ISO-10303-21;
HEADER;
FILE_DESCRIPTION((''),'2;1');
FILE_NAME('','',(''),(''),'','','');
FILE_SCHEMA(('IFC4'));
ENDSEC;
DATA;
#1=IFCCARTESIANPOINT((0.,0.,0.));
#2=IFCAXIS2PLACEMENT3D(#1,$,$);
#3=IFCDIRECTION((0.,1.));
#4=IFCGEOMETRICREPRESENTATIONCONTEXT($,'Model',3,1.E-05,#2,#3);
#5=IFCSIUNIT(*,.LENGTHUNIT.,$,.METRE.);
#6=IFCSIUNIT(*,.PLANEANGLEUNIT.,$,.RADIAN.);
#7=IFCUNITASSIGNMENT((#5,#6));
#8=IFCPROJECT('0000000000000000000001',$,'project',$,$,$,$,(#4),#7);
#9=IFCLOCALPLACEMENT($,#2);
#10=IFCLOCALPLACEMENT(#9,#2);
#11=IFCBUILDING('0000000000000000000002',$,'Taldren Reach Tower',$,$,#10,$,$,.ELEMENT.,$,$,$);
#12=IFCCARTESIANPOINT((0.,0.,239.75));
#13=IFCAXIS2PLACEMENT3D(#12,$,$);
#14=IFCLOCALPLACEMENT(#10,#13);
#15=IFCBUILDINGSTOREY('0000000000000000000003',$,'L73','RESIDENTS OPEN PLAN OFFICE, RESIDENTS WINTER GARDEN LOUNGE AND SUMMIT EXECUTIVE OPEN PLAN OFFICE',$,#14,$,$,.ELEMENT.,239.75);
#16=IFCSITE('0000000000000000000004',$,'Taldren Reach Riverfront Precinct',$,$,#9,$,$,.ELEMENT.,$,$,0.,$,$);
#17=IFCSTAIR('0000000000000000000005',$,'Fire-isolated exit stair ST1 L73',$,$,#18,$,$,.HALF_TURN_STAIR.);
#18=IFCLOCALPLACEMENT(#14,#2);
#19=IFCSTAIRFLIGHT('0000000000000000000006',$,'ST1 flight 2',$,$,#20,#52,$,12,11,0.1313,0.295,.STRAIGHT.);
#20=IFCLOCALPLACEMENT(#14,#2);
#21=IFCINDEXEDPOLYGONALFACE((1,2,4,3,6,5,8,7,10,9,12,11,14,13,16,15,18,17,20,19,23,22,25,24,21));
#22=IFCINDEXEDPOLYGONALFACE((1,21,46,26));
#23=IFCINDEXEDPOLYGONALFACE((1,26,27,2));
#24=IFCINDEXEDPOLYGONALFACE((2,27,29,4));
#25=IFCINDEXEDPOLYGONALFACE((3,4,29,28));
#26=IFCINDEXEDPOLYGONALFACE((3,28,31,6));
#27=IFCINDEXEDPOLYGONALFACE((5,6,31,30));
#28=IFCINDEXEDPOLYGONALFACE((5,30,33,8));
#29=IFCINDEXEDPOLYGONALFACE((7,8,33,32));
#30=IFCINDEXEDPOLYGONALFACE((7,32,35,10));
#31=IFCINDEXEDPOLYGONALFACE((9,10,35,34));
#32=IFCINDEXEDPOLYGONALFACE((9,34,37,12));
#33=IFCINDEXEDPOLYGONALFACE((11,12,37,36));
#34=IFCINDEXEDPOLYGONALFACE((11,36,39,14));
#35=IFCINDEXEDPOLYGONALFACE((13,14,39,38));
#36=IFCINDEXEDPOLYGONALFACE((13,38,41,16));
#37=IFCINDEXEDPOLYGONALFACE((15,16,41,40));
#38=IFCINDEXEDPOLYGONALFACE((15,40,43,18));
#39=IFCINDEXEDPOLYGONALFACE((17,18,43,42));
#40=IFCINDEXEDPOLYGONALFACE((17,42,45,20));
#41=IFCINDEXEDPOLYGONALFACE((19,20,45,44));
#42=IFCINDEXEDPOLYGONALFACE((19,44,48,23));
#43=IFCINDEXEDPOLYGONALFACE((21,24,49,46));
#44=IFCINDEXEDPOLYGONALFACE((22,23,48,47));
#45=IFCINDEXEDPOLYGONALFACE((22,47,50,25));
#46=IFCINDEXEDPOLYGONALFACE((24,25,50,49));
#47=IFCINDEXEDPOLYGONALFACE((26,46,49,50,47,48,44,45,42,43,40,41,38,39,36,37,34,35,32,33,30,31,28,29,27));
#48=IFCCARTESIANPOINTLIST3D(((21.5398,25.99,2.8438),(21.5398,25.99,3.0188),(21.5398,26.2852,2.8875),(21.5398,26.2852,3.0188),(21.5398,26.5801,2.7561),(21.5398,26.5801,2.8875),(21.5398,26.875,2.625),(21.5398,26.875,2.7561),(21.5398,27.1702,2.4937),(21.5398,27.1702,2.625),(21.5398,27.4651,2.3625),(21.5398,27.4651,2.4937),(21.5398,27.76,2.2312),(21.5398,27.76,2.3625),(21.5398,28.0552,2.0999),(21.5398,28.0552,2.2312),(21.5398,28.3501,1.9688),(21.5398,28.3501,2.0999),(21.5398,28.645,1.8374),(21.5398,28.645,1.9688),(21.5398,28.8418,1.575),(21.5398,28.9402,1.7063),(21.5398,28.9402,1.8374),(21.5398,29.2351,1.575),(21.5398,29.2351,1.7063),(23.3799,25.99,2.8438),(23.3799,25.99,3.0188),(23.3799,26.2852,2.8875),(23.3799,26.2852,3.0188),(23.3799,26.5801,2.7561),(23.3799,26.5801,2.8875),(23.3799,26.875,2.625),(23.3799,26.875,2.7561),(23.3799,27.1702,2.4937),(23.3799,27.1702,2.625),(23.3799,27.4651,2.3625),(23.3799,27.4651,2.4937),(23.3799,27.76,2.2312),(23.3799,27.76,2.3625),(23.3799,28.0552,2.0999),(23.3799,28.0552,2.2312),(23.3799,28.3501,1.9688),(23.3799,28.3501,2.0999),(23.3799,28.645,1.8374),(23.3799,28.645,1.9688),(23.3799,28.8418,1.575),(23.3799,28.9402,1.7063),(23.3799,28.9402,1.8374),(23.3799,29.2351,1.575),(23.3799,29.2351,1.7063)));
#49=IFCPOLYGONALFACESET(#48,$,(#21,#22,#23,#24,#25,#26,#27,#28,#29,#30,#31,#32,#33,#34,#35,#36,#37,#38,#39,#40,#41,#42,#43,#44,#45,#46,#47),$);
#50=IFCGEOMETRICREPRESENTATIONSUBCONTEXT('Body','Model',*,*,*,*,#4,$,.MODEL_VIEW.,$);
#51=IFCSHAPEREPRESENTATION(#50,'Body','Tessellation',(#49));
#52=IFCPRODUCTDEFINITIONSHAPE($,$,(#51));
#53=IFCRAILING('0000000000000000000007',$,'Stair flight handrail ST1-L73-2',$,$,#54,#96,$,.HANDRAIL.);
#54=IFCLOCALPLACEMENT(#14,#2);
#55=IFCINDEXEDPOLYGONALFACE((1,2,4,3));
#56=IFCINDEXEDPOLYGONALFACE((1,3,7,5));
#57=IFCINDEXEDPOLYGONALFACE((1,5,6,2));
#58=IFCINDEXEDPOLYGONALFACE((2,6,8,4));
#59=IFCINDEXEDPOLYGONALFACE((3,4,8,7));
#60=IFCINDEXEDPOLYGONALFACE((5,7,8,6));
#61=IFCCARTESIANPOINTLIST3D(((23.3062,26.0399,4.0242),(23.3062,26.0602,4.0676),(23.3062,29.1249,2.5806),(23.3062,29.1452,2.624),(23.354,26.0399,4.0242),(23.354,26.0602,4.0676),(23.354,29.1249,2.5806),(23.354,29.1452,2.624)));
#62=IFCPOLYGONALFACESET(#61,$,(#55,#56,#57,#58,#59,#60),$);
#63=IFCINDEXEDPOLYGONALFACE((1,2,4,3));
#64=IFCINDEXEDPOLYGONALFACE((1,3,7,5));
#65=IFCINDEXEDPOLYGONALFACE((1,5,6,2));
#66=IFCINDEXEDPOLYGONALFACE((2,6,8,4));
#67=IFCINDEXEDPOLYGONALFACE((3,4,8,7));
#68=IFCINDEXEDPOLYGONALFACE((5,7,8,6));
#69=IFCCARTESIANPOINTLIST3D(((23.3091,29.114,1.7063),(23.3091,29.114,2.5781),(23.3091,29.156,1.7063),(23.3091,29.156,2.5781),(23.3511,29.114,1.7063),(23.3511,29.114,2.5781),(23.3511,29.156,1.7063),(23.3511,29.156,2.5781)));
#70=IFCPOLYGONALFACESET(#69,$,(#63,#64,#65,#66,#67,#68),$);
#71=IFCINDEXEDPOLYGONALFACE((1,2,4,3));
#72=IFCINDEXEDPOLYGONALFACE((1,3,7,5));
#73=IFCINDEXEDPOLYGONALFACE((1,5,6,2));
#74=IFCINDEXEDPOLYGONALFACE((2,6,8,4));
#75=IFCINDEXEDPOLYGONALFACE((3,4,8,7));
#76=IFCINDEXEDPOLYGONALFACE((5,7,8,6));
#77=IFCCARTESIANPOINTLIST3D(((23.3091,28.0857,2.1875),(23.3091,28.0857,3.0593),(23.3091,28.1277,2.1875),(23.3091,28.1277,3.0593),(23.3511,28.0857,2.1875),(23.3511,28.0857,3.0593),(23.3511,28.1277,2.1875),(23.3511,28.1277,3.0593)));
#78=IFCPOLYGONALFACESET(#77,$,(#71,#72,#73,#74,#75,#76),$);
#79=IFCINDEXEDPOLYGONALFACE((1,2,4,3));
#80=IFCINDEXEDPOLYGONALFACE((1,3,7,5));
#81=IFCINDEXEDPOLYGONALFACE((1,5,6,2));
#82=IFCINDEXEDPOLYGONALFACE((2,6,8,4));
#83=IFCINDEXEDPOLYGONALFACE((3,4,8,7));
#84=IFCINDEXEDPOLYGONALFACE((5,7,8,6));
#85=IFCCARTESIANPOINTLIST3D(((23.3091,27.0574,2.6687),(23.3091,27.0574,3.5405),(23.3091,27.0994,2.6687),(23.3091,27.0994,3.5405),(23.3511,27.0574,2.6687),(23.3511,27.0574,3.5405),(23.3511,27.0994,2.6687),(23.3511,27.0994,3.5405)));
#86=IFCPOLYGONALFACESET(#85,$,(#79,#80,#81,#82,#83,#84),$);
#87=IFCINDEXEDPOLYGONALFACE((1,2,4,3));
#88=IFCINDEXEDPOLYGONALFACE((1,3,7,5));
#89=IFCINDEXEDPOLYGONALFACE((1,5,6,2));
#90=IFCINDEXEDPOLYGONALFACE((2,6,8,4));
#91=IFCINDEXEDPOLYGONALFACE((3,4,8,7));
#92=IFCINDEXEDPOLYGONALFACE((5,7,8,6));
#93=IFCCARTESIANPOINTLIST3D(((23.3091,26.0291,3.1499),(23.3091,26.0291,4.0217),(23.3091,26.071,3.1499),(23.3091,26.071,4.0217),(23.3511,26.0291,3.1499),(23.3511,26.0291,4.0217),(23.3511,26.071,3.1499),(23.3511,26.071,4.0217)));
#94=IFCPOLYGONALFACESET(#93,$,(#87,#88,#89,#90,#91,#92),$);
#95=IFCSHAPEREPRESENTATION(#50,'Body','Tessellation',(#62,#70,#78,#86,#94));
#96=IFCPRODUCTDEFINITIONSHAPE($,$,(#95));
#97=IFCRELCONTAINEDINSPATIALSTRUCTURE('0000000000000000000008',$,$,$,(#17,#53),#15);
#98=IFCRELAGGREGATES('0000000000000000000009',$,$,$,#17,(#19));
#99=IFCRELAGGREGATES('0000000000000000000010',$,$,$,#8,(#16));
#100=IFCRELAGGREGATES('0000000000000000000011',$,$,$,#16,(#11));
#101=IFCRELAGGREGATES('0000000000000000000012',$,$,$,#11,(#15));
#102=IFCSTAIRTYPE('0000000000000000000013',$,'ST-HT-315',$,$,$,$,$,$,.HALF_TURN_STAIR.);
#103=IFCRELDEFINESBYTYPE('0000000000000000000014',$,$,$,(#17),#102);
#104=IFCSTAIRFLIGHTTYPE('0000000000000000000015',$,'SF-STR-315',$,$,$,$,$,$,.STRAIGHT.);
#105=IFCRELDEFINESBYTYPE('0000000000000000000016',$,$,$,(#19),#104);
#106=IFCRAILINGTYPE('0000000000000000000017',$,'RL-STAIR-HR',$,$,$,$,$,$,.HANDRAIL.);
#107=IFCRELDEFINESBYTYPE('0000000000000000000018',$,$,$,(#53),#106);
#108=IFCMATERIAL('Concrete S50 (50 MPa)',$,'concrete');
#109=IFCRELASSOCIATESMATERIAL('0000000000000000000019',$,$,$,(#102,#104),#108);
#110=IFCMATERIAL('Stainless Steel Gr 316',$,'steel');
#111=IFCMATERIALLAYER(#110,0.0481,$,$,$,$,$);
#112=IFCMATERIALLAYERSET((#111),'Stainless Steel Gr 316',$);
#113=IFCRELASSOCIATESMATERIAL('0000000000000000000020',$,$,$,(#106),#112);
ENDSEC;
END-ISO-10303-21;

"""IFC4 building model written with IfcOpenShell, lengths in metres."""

from ifc_helpers import new_model, si_unit, direction, frame, origin, origin_2d, place, context, subcontext, project, spatial, polyline, rectangle, outline, extrude, material, layer, layer_set, type_object, element, aggregate, save


model = new_model("IFC4")

# Units and contexts
model_context = context("Model", 3, precision=1e-05, world=origin(), true_north=direction((0.0, 1.0)))
body_context = subcontext(model_context, "Body", "Model", "MODEL_VIEW")
ifc_project = project(units=[si_unit("LENGTHUNIT", "METRE"), si_unit("PLANEANGLEUNIT", "RADIAN")], contexts=[model_context])

# Site, building, storey
site_placement = place(None, origin())
site = spatial("IfcSite", under=ifc_project, at=site_placement, Name="Taldren Reach Riverfront Precinct", CompositionType="ELEMENT", RefElevation=0.0)
building_placement = place(site_placement, origin())
building = spatial("IfcBuilding", under=site, at=building_placement, Name="Taldren Reach Tower", CompositionType="ELEMENT")
storey_placement = place(building_placement, frame((0.0, 0.0, 239.75)))
storey = spatial("IfcBuildingStorey", under=building, at=storey_placement, Name="L73", Description="RESIDENTS OPEN PLAN OFFICE, RESIDENTS WINTER GARDEN LOUNGE AND SUMMIT EXECUTIVE OPEN PLAN OFFICE", CompositionType="ELEMENT", Elevation=239.75)

# Shared definitions
ifc_material_1 = material(Name="Concrete S50 (50 MPa)", Category="concrete")

# Stair, stair flight
stair_type = type_object("IfcStairType", Name="ST-HT-315", PredefinedType="HALF_TURN_STAIR", material=ifc_material_1)
stair_placement = place(storey_placement, origin())
stair = element("IfcStair", 1, at=stair_placement, inside=storey, type_object=stair_type, Name="Fire-isolated exit stair ST1 L73", PredefinedType="HALF_TURN_STAIR")
stair_flight_type = type_object("IfcStairFlightType", Name="SF-STR-315", PredefinedType="STRAIGHT", material=ifc_material_1)
stair_flight_placement = place(storey_placement, frame((22.46, 29.2351, 1.575), z_axis=(0.0, 0.0, 1.0), x_axis=(0.0, -1.0, 0.0)))
stair_flight = element("IfcStairFlight", 2, at=stair_flight_placement, type_object=stair_flight_type, Name="ST1 flight 2", NumberOfRisers=12, NumberOfTreads=11, PredefinedType="STRAIGHT", RiserHeight=0.1313, TreadLength=0.295, context=body_context, shape_type="SweptSolid", body=[
    extrude(outline(polyline([(0.0, 0.0), (0.0, 0.1313), (0.2949, 0.1313), (0.2949, 0.2625), (0.5901, 0.2625), (0.5901, 0.3938), (0.885, 0.3938), (0.885, 0.5249), (1.1799, 0.5249), (1.1799, 0.6562), (1.4751, 0.6562), (1.4751, 0.7876), (1.77, 0.7876), (1.77, 0.9187), (2.0649, 0.9187), (2.0649, 1.05), (2.3601, 1.05), (2.3601, 1.1812), (2.655, 1.1812), (2.655, 1.3125), (2.95, 1.3125), (2.95, 1.4438), (3.2451, 1.4438), (3.2451, 1.575), (3.2451, 1.2688), (0.3933, 0.0), (0.0, 0.0)])), frame((0.0, 0.9199, 0.0), z_axis=(0.0, -1.0, 0.0), x_axis=(1.0, 0.0, 0.0)), (0.0, 0.0, 1.0), 1.8401),
])
aggregate(stair, [stair_flight])

# Railing
ifc_material_2 = material(Name="Stainless Steel Gr 316", Category="steel")
ifc_layer_1 = layer(ifc_material_2, 0.0481)
ifc_layer_set_1 = layer_set([ifc_layer_1], Name="Stainless Steel Gr 316")
railing_type = type_object("IfcRailingType", Name="RL-STAIR-HR", PredefinedType="HANDRAIL", material=ifc_layer_set_1)
railing_placement = place(storey_placement, frame((23.3301, 29.135, 1.7063)))
element("IfcRailing", 3, at=railing_placement, inside=storey, type_object=railing_type, Name="Stair flight handrail ST1-L73-2", PredefinedType="HANDRAIL", context=body_context, shape_type="SweptSolid", body=[
    extrude(rectangle(XDim=0.0479, YDim=0.0479, at=origin_2d()), frame((0.0, 0.0, 0.896), z_axis=(0.0, -0.905738, 0.423839), x_axis=(1.0, 0.0, 0.0)), (0.0, 0.0, 1.0), 3.406),
    extrude(rectangle(XDim=0.042, YDim=0.042, at=origin_2d()), origin(), (0.0, 0.0, 1.0), 0.8718),
    extrude(rectangle(XDim=0.042, YDim=0.042, at=origin_2d()), frame((0.0, -1.0283, 0.4812)), (0.0, 0.0, 1.0), 0.8718),
    extrude(rectangle(XDim=0.042, YDim=0.042, at=origin_2d()), frame((0.0, -2.0566, 0.9624)), (0.0, 0.0, 1.0), 0.8718),
    extrude(rectangle(XDim=0.042, YDim=0.042, at=origin_2d()), frame((0.0, -3.085, 1.4436)), (0.0, 0.0, 1.0), 0.8718),
])

save(model, "model.ifc")
